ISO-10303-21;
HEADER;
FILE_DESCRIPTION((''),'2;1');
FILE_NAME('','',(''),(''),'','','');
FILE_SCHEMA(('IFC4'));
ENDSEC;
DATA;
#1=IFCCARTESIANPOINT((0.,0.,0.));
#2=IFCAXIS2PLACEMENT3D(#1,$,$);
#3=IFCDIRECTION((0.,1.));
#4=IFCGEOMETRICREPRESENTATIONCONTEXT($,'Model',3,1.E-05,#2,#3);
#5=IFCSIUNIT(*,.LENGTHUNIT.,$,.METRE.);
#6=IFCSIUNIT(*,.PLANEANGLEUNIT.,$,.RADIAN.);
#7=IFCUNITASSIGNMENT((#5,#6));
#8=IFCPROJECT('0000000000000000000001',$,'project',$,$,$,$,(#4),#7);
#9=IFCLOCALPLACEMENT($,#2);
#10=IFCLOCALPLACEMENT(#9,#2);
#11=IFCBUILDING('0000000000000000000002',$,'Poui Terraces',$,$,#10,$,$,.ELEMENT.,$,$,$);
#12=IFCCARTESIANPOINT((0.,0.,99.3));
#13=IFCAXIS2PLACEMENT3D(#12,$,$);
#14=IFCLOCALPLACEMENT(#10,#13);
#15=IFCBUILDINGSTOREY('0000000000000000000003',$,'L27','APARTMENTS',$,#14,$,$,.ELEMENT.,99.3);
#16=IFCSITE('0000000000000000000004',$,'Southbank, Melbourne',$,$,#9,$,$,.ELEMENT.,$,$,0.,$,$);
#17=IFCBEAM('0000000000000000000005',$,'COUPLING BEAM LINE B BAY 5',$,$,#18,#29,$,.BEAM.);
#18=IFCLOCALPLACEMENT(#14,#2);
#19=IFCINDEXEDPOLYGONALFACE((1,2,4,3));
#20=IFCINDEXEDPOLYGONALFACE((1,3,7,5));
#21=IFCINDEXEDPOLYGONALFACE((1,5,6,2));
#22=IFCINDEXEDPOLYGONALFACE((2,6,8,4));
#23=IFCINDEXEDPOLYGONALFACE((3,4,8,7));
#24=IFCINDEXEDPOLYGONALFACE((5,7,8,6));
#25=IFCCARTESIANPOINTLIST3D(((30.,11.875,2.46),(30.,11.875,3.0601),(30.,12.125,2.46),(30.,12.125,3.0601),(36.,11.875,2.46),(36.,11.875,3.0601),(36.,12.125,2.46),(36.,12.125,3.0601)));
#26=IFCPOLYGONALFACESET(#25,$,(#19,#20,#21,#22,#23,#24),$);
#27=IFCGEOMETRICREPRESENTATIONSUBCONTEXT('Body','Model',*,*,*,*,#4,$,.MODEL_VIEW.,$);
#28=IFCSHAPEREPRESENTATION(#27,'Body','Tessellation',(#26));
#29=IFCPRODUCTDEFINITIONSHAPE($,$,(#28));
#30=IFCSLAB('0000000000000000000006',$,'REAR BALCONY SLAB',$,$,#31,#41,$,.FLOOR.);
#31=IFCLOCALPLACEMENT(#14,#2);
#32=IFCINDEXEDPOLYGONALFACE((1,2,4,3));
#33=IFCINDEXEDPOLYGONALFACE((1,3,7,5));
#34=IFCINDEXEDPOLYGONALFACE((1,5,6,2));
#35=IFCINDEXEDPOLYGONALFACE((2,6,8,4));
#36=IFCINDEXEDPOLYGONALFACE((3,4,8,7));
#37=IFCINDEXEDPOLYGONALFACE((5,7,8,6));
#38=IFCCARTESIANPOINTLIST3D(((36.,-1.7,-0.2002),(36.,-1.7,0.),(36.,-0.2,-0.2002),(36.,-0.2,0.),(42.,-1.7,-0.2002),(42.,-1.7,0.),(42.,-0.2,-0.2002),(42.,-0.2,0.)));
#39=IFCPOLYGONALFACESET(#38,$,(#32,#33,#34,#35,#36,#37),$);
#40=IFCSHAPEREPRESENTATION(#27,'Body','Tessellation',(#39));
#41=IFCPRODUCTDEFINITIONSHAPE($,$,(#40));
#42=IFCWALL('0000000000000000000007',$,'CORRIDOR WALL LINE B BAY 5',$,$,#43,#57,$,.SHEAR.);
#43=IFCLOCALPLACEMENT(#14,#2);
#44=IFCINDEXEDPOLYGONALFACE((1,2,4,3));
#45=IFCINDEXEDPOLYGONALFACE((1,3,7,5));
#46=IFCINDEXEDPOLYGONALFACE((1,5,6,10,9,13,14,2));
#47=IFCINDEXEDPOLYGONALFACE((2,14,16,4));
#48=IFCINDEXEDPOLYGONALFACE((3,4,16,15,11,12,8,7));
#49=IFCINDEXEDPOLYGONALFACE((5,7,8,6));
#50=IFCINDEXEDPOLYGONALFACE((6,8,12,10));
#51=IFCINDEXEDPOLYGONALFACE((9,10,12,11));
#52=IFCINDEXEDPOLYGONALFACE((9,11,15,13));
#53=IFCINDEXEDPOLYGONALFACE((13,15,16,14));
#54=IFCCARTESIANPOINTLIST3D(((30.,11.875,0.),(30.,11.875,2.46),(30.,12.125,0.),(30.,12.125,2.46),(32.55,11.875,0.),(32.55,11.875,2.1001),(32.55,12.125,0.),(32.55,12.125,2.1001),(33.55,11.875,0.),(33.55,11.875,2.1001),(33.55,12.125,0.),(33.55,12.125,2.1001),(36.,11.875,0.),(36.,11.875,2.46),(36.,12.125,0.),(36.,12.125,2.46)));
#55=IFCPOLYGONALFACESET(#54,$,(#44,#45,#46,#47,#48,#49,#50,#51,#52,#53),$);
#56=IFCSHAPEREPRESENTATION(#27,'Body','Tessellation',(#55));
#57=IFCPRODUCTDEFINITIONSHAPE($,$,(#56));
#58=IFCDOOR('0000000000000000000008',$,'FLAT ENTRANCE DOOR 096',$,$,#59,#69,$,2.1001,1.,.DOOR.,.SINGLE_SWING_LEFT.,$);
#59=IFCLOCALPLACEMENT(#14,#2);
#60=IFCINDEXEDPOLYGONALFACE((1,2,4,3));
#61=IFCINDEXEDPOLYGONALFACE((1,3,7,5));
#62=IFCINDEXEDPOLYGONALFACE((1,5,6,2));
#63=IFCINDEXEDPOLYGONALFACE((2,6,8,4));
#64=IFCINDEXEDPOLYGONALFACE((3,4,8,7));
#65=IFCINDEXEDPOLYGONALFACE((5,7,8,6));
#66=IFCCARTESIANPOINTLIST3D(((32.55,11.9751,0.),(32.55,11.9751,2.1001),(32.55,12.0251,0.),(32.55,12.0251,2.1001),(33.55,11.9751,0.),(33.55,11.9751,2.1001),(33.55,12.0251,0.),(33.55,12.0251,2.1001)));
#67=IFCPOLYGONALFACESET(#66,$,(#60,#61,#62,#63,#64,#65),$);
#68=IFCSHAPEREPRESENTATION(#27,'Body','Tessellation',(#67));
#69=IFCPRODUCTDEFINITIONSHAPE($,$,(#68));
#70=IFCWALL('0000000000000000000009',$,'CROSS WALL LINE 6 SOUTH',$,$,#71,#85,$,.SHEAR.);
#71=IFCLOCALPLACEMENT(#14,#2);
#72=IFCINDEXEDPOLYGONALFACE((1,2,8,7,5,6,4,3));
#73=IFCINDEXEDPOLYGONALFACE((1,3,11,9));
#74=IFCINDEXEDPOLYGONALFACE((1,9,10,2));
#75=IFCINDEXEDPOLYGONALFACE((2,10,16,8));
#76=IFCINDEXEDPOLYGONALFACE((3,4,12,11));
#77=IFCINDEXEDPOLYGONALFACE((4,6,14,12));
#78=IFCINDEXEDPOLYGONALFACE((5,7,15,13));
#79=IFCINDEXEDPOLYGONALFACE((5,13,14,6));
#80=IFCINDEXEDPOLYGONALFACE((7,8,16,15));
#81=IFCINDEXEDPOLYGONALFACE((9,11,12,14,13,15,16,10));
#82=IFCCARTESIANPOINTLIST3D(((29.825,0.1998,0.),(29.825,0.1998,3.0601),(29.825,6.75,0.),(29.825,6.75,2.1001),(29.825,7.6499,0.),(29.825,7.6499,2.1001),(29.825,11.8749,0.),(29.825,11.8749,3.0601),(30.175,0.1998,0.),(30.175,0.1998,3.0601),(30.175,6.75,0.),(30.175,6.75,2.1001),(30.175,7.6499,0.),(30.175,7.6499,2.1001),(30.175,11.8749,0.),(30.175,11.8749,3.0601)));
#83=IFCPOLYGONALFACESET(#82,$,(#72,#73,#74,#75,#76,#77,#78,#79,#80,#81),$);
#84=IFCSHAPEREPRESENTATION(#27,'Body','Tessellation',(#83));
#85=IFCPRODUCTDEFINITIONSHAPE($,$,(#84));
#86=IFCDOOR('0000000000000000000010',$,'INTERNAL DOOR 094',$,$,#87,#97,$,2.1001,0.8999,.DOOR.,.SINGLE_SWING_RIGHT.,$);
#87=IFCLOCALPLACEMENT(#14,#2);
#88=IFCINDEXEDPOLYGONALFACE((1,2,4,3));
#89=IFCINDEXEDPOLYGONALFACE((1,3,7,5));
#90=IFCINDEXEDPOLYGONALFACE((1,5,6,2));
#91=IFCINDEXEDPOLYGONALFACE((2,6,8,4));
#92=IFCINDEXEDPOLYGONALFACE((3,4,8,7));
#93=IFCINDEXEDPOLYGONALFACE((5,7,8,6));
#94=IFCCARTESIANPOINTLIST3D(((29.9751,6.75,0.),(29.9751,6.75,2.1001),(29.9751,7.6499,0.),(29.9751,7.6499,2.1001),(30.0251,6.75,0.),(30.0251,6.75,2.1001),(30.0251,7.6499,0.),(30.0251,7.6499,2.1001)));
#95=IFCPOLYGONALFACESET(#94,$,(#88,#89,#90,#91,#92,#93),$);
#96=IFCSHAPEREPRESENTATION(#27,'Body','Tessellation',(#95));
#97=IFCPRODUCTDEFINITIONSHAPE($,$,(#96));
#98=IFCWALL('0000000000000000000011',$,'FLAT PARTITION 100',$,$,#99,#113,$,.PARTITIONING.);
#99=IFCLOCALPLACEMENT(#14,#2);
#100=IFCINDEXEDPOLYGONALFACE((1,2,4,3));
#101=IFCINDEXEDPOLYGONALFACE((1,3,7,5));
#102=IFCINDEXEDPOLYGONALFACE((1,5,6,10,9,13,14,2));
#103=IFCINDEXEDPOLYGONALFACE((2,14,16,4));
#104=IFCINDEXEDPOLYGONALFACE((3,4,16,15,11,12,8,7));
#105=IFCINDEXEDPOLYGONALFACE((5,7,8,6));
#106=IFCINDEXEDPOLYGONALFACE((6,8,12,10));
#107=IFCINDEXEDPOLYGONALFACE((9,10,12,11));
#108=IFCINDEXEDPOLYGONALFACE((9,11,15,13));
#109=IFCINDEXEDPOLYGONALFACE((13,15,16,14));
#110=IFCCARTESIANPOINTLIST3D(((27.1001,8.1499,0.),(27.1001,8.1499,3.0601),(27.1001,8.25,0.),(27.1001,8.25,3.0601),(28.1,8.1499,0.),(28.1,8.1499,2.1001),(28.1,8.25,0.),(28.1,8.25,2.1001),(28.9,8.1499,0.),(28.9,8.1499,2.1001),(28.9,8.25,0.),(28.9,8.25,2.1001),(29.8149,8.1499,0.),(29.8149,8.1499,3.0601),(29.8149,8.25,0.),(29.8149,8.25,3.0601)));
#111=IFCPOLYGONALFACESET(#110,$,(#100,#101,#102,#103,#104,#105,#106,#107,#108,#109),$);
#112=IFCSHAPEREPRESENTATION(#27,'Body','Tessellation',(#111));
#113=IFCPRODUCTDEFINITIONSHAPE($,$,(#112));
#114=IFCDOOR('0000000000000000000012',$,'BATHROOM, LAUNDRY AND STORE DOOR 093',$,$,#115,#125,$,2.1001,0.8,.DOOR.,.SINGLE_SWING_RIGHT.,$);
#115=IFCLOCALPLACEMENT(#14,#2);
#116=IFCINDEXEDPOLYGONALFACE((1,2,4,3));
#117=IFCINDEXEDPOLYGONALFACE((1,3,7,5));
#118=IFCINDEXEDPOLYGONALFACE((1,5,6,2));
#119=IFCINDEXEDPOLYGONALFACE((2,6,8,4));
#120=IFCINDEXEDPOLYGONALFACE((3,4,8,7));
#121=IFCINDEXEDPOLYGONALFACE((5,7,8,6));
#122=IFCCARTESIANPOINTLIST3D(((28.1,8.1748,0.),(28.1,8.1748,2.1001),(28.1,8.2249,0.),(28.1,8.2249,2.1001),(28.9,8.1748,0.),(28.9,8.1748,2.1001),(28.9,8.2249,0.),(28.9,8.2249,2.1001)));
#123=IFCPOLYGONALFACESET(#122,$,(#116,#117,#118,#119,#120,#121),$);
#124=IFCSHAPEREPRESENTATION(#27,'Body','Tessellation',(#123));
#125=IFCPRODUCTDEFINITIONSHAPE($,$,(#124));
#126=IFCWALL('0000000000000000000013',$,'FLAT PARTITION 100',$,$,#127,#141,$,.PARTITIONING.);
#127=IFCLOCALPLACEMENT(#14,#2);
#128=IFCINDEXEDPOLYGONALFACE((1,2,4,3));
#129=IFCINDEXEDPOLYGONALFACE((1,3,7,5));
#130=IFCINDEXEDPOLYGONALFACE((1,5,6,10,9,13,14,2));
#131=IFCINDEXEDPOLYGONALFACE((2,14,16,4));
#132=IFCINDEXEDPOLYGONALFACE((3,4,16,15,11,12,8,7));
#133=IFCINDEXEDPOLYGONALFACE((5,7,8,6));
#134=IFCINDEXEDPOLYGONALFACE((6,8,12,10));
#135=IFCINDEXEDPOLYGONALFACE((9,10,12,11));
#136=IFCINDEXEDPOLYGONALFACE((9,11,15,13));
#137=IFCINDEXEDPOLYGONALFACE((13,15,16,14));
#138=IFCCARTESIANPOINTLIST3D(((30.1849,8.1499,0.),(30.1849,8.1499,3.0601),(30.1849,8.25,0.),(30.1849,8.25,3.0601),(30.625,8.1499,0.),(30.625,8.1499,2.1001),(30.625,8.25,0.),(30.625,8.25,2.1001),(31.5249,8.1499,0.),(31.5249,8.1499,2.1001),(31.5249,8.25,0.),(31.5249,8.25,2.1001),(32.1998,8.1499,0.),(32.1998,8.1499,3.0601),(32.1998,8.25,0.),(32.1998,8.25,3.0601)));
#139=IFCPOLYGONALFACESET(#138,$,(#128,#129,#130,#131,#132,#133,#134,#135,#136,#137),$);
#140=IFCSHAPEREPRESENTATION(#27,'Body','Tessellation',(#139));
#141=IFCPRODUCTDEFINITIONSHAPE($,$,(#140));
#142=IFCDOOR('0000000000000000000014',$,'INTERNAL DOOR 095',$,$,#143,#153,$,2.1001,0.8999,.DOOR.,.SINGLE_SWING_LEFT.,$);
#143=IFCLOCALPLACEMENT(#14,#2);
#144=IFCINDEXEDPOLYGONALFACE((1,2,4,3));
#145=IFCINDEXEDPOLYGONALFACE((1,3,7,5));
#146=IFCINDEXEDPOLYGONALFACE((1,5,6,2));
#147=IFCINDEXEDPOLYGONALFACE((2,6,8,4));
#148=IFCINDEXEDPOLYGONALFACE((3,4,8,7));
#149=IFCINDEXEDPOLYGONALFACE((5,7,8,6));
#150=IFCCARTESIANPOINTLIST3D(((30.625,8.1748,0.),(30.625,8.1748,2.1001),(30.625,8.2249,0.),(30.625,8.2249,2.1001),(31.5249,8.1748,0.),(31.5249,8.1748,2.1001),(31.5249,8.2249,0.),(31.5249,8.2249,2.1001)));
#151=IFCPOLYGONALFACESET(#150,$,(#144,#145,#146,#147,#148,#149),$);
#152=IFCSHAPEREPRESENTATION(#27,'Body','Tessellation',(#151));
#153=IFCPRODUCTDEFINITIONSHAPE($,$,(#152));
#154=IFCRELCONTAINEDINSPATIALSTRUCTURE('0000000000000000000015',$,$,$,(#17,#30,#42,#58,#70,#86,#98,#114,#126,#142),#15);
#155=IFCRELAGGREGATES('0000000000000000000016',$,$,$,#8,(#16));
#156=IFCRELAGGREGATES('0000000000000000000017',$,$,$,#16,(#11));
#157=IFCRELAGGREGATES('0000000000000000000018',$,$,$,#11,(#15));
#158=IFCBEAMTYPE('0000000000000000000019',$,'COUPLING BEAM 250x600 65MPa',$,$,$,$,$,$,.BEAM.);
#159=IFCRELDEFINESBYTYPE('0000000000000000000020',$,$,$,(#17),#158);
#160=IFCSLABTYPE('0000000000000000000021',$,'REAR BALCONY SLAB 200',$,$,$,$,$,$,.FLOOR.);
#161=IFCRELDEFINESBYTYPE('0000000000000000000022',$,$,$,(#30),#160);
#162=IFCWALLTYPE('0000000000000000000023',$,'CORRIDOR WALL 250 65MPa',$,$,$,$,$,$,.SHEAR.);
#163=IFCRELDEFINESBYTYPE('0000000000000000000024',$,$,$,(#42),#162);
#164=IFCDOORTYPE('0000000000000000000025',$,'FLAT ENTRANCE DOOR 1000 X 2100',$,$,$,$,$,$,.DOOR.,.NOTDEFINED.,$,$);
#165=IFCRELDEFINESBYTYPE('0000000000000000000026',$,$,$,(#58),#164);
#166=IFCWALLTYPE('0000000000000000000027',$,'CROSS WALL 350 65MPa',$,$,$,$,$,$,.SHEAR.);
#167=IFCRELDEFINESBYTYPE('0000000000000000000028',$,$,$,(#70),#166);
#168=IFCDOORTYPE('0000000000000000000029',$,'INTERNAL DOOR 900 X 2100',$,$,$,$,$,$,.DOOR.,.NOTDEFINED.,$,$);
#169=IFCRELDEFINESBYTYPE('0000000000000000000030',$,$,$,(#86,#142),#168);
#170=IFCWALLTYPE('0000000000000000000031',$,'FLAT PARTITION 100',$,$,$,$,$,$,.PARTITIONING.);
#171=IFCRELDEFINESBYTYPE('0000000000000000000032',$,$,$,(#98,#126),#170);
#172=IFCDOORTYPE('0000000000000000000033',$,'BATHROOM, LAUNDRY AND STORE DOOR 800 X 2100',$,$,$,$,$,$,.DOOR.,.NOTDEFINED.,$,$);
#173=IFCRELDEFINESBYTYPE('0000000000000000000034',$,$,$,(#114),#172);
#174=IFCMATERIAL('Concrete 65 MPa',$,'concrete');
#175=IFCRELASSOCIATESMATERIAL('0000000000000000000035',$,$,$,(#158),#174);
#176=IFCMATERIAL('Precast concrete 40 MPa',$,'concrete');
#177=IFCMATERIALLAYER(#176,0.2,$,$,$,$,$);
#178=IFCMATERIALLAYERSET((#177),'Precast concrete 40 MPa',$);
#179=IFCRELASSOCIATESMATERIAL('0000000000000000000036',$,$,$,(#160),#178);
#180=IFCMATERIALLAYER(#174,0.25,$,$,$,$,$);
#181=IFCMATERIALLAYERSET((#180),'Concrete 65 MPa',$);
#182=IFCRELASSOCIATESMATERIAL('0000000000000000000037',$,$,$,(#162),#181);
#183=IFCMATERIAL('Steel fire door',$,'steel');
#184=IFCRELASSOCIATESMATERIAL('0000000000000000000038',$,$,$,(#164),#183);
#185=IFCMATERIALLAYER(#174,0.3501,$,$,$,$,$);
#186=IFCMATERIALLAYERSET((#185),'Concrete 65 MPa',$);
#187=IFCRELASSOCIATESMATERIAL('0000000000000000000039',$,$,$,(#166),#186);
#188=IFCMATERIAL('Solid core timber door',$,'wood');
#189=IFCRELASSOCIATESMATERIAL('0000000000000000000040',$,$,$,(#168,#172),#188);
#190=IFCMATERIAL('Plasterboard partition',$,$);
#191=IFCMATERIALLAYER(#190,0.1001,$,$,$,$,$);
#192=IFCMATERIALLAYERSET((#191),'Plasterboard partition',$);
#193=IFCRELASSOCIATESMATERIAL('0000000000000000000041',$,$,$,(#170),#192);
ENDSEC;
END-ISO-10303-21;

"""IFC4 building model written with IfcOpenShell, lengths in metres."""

from ifc_helpers import new_model, si_unit, direction, frame, frame_2d, origin, origin_2d, place, context, subcontext, project, spatial, polyline, rectangle, outline, extrude, source, transform, mapped, material, layer, layer_set, material_profile, profile_set, type_object, element, fill, save


model = new_model("IFC4")

# Units and contexts
model_context = context("Model", 3, precision=1e-05, world=origin(), true_north=direction((0.0, 1.0)))
body_context = subcontext(model_context, "Body", "Model", "MODEL_VIEW")
ifc_project = project(units=[si_unit("LENGTHUNIT", "METRE"), si_unit("PLANEANGLEUNIT", "RADIAN")], contexts=[model_context])

# Site, building, storey
site_placement = place(None, origin())
site = spatial("IfcSite", under=ifc_project, at=site_placement, Name="Southbank, Melbourne", CompositionType="ELEMENT", RefElevation=0.0)
building_placement = place(site_placement, origin())
building = spatial("IfcBuilding", under=site, at=building_placement, Name="Poui Terraces", CompositionType="ELEMENT")
storey_placement = place(building_placement, frame((0.0, 0.0, 99.3)))
storey = spatial("IfcBuildingStorey", under=building, at=storey_placement, Name="L27", Description="APARTMENTS", CompositionType="ELEMENT", Elevation=99.3)

# Beam
ifc_material_1 = material(Name="Concrete 65 MPa", Category="concrete")
ifc_material_profile = material_profile(ifc_material_1, rectangle(XDim=0.25, YDim=0.6001, at=origin_2d()), Name="RC 250x600")
ifc_profile_set = profile_set([ifc_material_profile], Name="Concrete 65 MPa")
beam_type = type_object("IfcBeamType", Name="COUPLING BEAM 250x600 65MPa", PredefinedType="BEAM", material=ifc_profile_set)
shared_shape_1 = source(origin(), body_context, "Body", "SweptSolid", [
    extrude(rectangle(XDim=0.25, YDim=0.6001, at=origin_2d()), origin(), (0.0, 0.0, 1.0), 6.0),
])
beam_placement = place(storey_placement, frame((30.0, 12.0, 2.76), z_axis=(1.0, 0.0, 0.0), x_axis=(0.0, 1.0, 0.0)))
element("IfcBeam", 1, at=beam_placement, inside=storey, type_object=beam_type, Name="COUPLING BEAM LINE B BAY 5", PredefinedType="BEAM", context=body_context, shape_type="MappedRepresentation", body=[
    mapped(shared_shape_1, transform((0.0, 0.0, 0.0))),
])

# Slab
ifc_material_2 = material(Name="Precast concrete 40 MPa", Category="concrete")
ifc_layer_1 = layer(ifc_material_2, 0.2)
ifc_layer_set_1 = layer_set([ifc_layer_1], Name="Precast concrete 40 MPa")
slab_type = type_object("IfcSlabType", Name="REAR BALCONY SLAB 200", PredefinedType="FLOOR", material=ifc_layer_set_1)
shared_shape_2 = source(origin(), body_context, "Body", "SweptSolid", [
    extrude(outline(polyline([(0.0, 0.0), (6.0, 0.0), (6.0, 1.5), (0.0, 1.5), (0.0, 0.0)])), origin(), (0.0, 0.0, 1.0), 0.2002),
])
slab_placement = place(storey_placement, frame((36.0, -1.7, -0.2002)))
element("IfcSlab", 2, at=slab_placement, inside=storey, type_object=slab_type, Name="REAR BALCONY SLAB", PredefinedType="FLOOR", context=body_context, shape_type="MappedRepresentation", body=[
    mapped(shared_shape_2, transform((0.0, 0.0, 0.0))),
])

# Walls, openings, doors
ifc_layer_2 = layer(ifc_material_1, 0.25)
ifc_layer_set_2 = layer_set([ifc_layer_2], Name="Concrete 65 MPa")
wall_type_1 = type_object("IfcWallType", Name="CORRIDOR WALL 250 65MPa", PredefinedType="SHEAR", material=ifc_layer_set_2)
wall_1_placement = place(storey_placement, frame((30.0, 12.0, 0.0), z_axis=(0.0, 0.0, 1.0), x_axis=(1.0, 0.0, 0.0)))
wall_1 = element("IfcWall", 3, at=wall_1_placement, inside=storey, type_object=wall_type_1, Name="CORRIDOR WALL LINE B BAY 5", PredefinedType="SHEAR", context=body_context, shape_type="SweptSolid", body=[
    extrude(rectangle(XDim=6.0, YDim=0.25, at=frame_2d((3.0, 0.0))), origin(), (0.0, 0.0, 1.0), 2.46),
])
opening_1_placement = place(wall_1_placement, frame((2.55, 0.0, 0.0)))
opening_1 = element("IfcOpeningElement", 4, at=opening_1_placement, cuts=wall_1, PredefinedType="OPENING", context=body_context, shape_type="SweptSolid", body=[
    extrude(rectangle(XDim=1.0, YDim=2.1001, at=frame_2d((0.5, 1.05))), frame((0.0, 0.135, 0.0), z_axis=(0.0, -1.0, 0.0), x_axis=(1.0, 0.0, 0.0)), (0.0, 0.0, 1.0), 0.27),
])
ifc_material_3 = material(Name="Steel fire door", Category="steel")
door_type_1 = type_object("IfcDoorType", Name="FLAT ENTRANCE DOOR 1000 X 2100", OperationType="NOTDEFINED", PredefinedType="DOOR", material=ifc_material_3)
door_1_placement = place(opening_1_placement, frame((1.0, 0.0, 0.0), z_axis=(0.0, 0.0, 1.0), x_axis=(-1.0, 0.0, 0.0)))
door_1 = element("IfcDoor", 5, at=door_1_placement, inside=storey, type_object=door_type_1, Name="FLAT ENTRANCE DOOR 096", OperationType="SINGLE_SWING_LEFT", OverallHeight=2.1001, OverallWidth=1.0, PredefinedType="DOOR", context=body_context, shape_type="SweptSolid", body=[
    extrude(rectangle(XDim=1.0, YDim=2.1001, at=frame_2d((0.5, 1.05))), frame((0.0, 0.0249, 0.0), z_axis=(0.0, -1.0, 0.0), x_axis=(1.0, 0.0, 0.0)), (0.0, 0.0, 1.0), 0.05),
])
fill(opening_1, door_1)
ifc_layer_3 = layer(ifc_material_1, 0.3501)
ifc_layer_set_3 = layer_set([ifc_layer_3], Name="Concrete 65 MPa")
wall_type_2 = type_object("IfcWallType", Name="CROSS WALL 350 65MPa", PredefinedType="SHEAR", material=ifc_layer_set_3)
wall_2_placement = place(storey_placement, frame((30.0, 0.2, 0.0), z_axis=(0.0, 0.0, 1.0), x_axis=(0.0, 1.0, 0.0)))
wall_2 = element("IfcWall", 6, at=wall_2_placement, inside=storey, type_object=wall_type_2, Name="CROSS WALL LINE 6 SOUTH", PredefinedType="SHEAR", context=body_context, shape_type="SweptSolid", body=[
    extrude(rectangle(XDim=11.675, YDim=0.3501, at=frame_2d((5.8374, 0.0))), origin(), (0.0, 0.0, 1.0), 3.0601),
])
opening_2_placement = place(wall_2_placement, frame((6.55, 0.0, 0.0)))
opening_2 = element("IfcOpeningElement", 7, at=opening_2_placement, cuts=wall_2, PredefinedType="OPENING", context=body_context, shape_type="SweptSolid", body=[
    extrude(rectangle(XDim=0.8999, YDim=2.1001, at=frame_2d((0.45, 1.05))), frame((0.0, 0.1851, 0.0), z_axis=(0.0, -1.0, 0.0), x_axis=(1.0, 0.0, 0.0)), (0.0, 0.0, 1.0), 0.3701),
])
ifc_material_4 = material(Name="Solid core timber door", Category="wood")
door_type_2 = type_object("IfcDoorType", Name="INTERNAL DOOR 900 X 2100", OperationType="NOTDEFINED", PredefinedType="DOOR", material=ifc_material_4)
door_2_placement = place(opening_2_placement, origin())
door_2 = element("IfcDoor", 8, at=door_2_placement, inside=storey, type_object=door_type_2, Name="INTERNAL DOOR 094", OperationType="SINGLE_SWING_RIGHT", OverallHeight=2.1001, OverallWidth=0.8999, PredefinedType="DOOR", context=body_context, shape_type="SweptSolid", body=[
    extrude(rectangle(XDim=0.8999, YDim=2.1001, at=frame_2d((0.45, 1.05))), frame((0.0, 0.0249, 0.0), z_axis=(0.0, -1.0, 0.0), x_axis=(1.0, 0.0, 0.0)), (0.0, 0.0, 1.0), 0.05),
])
fill(opening_2, door_2)
ifc_material_5 = material(Name="Plasterboard partition")
ifc_layer_4 = layer(ifc_material_5, 0.1001)
ifc_layer_set_4 = layer_set([ifc_layer_4], Name="Plasterboard partition")
wall_type_3 = type_object("IfcWallType", Name="FLAT PARTITION 100", PredefinedType="PARTITIONING", material=ifc_layer_set_4)
wall_3_placement = place(storey_placement, frame((27.1001, 8.2, 0.0), z_axis=(0.0, 0.0, 1.0), x_axis=(1.0, 0.0, 0.0)))
wall_3 = element("IfcWall", 9, at=wall_3_placement, inside=storey, type_object=wall_type_3, Name="FLAT PARTITION 100", PredefinedType="PARTITIONING", context=body_context, shape_type="SweptSolid", body=[
    extrude(rectangle(XDim=2.7148, YDim=0.1001, at=frame_2d((1.3574, 0.0))), origin(), (0.0, 0.0, 1.0), 3.0601),
])
opening_3_placement = place(wall_3_placement, frame((1.0, 0.0, 0.0)))
opening_3 = element("IfcOpeningElement", 10, at=opening_3_placement, cuts=wall_3, PredefinedType="OPENING", context=body_context, shape_type="SweptSolid", body=[
    extrude(rectangle(XDim=0.8, YDim=2.1001, at=frame_2d((0.3999, 1.05))), frame((0.0, 0.0601, 0.0), z_axis=(0.0, -1.0, 0.0), x_axis=(1.0, 0.0, 0.0)), (0.0, 0.0, 1.0), 0.1201),
])
door_type_3 = type_object("IfcDoorType", Name="BATHROOM, LAUNDRY AND STORE DOOR 800 X 2100", OperationType="NOTDEFINED", PredefinedType="DOOR", material=ifc_material_4)
door_3_placement = place(opening_3_placement, origin())
door_3 = element("IfcDoor", 11, at=door_3_placement, inside=storey, type_object=door_type_3, Name="BATHROOM, LAUNDRY AND STORE DOOR 093", OperationType="SINGLE_SWING_RIGHT", OverallHeight=2.1001, OverallWidth=0.8, PredefinedType="DOOR", context=body_context, shape_type="SweptSolid", body=[
    extrude(rectangle(XDim=0.8, YDim=2.1001, at=frame_2d((0.3999, 1.05))), frame((0.0, 0.0249, 0.0), z_axis=(0.0, -1.0, 0.0), x_axis=(1.0, 0.0, 0.0)), (0.0, 0.0, 1.0), 0.05),
])
fill(opening_3, door_3)
wall_4_placement = place(storey_placement, frame((30.1851, 8.2, 0.0), z_axis=(0.0, 0.0, 1.0), x_axis=(1.0, 0.0, 0.0)))
wall_4 = element("IfcWall", 12, at=wall_4_placement, inside=storey, type_object=wall_type_3, Name="FLAT PARTITION 100", PredefinedType="PARTITIONING", context=body_context, shape_type="SweptSolid", body=[
    extrude(rectangle(XDim=2.0149, YDim=0.1001, at=frame_2d((1.0073, 0.0))), origin(), (0.0, 0.0, 1.0), 3.0601),
])
opening_4_placement = place(wall_4_placement, frame((0.4399, 0.0, 0.0)))
opening_4 = element("IfcOpeningElement", 13, at=opening_4_placement, cuts=wall_4, PredefinedType="OPENING", context=body_context, shape_type="SweptSolid", body=[
    extrude(rectangle(XDim=0.8999, YDim=2.1001, at=frame_2d((0.45, 1.05))), frame((0.0, 0.0601, 0.0), z_axis=(0.0, -1.0, 0.0), x_axis=(1.0, 0.0, 0.0)), (0.0, 0.0, 1.0), 0.1201),
])
door_4_placement = place(opening_4_placement, origin())
door_4 = element("IfcDoor", 14, at=door_4_placement, inside=storey, type_object=door_type_2, Name="INTERNAL DOOR 095", OperationType="SINGLE_SWING_LEFT", OverallHeight=2.1001, OverallWidth=0.8999, PredefinedType="DOOR", context=body_context, shape_type="SweptSolid", body=[
    extrude(rectangle(XDim=0.8999, YDim=2.1001, at=frame_2d((0.45, 1.05))), frame((0.0, 0.0249, 0.0), z_axis=(0.0, -1.0, 0.0), x_axis=(1.0, 0.0, 0.0)), (0.0, 0.0, 1.0), 0.05),
])
fill(opening_4, door_4)

save(model, "model.ifc")
